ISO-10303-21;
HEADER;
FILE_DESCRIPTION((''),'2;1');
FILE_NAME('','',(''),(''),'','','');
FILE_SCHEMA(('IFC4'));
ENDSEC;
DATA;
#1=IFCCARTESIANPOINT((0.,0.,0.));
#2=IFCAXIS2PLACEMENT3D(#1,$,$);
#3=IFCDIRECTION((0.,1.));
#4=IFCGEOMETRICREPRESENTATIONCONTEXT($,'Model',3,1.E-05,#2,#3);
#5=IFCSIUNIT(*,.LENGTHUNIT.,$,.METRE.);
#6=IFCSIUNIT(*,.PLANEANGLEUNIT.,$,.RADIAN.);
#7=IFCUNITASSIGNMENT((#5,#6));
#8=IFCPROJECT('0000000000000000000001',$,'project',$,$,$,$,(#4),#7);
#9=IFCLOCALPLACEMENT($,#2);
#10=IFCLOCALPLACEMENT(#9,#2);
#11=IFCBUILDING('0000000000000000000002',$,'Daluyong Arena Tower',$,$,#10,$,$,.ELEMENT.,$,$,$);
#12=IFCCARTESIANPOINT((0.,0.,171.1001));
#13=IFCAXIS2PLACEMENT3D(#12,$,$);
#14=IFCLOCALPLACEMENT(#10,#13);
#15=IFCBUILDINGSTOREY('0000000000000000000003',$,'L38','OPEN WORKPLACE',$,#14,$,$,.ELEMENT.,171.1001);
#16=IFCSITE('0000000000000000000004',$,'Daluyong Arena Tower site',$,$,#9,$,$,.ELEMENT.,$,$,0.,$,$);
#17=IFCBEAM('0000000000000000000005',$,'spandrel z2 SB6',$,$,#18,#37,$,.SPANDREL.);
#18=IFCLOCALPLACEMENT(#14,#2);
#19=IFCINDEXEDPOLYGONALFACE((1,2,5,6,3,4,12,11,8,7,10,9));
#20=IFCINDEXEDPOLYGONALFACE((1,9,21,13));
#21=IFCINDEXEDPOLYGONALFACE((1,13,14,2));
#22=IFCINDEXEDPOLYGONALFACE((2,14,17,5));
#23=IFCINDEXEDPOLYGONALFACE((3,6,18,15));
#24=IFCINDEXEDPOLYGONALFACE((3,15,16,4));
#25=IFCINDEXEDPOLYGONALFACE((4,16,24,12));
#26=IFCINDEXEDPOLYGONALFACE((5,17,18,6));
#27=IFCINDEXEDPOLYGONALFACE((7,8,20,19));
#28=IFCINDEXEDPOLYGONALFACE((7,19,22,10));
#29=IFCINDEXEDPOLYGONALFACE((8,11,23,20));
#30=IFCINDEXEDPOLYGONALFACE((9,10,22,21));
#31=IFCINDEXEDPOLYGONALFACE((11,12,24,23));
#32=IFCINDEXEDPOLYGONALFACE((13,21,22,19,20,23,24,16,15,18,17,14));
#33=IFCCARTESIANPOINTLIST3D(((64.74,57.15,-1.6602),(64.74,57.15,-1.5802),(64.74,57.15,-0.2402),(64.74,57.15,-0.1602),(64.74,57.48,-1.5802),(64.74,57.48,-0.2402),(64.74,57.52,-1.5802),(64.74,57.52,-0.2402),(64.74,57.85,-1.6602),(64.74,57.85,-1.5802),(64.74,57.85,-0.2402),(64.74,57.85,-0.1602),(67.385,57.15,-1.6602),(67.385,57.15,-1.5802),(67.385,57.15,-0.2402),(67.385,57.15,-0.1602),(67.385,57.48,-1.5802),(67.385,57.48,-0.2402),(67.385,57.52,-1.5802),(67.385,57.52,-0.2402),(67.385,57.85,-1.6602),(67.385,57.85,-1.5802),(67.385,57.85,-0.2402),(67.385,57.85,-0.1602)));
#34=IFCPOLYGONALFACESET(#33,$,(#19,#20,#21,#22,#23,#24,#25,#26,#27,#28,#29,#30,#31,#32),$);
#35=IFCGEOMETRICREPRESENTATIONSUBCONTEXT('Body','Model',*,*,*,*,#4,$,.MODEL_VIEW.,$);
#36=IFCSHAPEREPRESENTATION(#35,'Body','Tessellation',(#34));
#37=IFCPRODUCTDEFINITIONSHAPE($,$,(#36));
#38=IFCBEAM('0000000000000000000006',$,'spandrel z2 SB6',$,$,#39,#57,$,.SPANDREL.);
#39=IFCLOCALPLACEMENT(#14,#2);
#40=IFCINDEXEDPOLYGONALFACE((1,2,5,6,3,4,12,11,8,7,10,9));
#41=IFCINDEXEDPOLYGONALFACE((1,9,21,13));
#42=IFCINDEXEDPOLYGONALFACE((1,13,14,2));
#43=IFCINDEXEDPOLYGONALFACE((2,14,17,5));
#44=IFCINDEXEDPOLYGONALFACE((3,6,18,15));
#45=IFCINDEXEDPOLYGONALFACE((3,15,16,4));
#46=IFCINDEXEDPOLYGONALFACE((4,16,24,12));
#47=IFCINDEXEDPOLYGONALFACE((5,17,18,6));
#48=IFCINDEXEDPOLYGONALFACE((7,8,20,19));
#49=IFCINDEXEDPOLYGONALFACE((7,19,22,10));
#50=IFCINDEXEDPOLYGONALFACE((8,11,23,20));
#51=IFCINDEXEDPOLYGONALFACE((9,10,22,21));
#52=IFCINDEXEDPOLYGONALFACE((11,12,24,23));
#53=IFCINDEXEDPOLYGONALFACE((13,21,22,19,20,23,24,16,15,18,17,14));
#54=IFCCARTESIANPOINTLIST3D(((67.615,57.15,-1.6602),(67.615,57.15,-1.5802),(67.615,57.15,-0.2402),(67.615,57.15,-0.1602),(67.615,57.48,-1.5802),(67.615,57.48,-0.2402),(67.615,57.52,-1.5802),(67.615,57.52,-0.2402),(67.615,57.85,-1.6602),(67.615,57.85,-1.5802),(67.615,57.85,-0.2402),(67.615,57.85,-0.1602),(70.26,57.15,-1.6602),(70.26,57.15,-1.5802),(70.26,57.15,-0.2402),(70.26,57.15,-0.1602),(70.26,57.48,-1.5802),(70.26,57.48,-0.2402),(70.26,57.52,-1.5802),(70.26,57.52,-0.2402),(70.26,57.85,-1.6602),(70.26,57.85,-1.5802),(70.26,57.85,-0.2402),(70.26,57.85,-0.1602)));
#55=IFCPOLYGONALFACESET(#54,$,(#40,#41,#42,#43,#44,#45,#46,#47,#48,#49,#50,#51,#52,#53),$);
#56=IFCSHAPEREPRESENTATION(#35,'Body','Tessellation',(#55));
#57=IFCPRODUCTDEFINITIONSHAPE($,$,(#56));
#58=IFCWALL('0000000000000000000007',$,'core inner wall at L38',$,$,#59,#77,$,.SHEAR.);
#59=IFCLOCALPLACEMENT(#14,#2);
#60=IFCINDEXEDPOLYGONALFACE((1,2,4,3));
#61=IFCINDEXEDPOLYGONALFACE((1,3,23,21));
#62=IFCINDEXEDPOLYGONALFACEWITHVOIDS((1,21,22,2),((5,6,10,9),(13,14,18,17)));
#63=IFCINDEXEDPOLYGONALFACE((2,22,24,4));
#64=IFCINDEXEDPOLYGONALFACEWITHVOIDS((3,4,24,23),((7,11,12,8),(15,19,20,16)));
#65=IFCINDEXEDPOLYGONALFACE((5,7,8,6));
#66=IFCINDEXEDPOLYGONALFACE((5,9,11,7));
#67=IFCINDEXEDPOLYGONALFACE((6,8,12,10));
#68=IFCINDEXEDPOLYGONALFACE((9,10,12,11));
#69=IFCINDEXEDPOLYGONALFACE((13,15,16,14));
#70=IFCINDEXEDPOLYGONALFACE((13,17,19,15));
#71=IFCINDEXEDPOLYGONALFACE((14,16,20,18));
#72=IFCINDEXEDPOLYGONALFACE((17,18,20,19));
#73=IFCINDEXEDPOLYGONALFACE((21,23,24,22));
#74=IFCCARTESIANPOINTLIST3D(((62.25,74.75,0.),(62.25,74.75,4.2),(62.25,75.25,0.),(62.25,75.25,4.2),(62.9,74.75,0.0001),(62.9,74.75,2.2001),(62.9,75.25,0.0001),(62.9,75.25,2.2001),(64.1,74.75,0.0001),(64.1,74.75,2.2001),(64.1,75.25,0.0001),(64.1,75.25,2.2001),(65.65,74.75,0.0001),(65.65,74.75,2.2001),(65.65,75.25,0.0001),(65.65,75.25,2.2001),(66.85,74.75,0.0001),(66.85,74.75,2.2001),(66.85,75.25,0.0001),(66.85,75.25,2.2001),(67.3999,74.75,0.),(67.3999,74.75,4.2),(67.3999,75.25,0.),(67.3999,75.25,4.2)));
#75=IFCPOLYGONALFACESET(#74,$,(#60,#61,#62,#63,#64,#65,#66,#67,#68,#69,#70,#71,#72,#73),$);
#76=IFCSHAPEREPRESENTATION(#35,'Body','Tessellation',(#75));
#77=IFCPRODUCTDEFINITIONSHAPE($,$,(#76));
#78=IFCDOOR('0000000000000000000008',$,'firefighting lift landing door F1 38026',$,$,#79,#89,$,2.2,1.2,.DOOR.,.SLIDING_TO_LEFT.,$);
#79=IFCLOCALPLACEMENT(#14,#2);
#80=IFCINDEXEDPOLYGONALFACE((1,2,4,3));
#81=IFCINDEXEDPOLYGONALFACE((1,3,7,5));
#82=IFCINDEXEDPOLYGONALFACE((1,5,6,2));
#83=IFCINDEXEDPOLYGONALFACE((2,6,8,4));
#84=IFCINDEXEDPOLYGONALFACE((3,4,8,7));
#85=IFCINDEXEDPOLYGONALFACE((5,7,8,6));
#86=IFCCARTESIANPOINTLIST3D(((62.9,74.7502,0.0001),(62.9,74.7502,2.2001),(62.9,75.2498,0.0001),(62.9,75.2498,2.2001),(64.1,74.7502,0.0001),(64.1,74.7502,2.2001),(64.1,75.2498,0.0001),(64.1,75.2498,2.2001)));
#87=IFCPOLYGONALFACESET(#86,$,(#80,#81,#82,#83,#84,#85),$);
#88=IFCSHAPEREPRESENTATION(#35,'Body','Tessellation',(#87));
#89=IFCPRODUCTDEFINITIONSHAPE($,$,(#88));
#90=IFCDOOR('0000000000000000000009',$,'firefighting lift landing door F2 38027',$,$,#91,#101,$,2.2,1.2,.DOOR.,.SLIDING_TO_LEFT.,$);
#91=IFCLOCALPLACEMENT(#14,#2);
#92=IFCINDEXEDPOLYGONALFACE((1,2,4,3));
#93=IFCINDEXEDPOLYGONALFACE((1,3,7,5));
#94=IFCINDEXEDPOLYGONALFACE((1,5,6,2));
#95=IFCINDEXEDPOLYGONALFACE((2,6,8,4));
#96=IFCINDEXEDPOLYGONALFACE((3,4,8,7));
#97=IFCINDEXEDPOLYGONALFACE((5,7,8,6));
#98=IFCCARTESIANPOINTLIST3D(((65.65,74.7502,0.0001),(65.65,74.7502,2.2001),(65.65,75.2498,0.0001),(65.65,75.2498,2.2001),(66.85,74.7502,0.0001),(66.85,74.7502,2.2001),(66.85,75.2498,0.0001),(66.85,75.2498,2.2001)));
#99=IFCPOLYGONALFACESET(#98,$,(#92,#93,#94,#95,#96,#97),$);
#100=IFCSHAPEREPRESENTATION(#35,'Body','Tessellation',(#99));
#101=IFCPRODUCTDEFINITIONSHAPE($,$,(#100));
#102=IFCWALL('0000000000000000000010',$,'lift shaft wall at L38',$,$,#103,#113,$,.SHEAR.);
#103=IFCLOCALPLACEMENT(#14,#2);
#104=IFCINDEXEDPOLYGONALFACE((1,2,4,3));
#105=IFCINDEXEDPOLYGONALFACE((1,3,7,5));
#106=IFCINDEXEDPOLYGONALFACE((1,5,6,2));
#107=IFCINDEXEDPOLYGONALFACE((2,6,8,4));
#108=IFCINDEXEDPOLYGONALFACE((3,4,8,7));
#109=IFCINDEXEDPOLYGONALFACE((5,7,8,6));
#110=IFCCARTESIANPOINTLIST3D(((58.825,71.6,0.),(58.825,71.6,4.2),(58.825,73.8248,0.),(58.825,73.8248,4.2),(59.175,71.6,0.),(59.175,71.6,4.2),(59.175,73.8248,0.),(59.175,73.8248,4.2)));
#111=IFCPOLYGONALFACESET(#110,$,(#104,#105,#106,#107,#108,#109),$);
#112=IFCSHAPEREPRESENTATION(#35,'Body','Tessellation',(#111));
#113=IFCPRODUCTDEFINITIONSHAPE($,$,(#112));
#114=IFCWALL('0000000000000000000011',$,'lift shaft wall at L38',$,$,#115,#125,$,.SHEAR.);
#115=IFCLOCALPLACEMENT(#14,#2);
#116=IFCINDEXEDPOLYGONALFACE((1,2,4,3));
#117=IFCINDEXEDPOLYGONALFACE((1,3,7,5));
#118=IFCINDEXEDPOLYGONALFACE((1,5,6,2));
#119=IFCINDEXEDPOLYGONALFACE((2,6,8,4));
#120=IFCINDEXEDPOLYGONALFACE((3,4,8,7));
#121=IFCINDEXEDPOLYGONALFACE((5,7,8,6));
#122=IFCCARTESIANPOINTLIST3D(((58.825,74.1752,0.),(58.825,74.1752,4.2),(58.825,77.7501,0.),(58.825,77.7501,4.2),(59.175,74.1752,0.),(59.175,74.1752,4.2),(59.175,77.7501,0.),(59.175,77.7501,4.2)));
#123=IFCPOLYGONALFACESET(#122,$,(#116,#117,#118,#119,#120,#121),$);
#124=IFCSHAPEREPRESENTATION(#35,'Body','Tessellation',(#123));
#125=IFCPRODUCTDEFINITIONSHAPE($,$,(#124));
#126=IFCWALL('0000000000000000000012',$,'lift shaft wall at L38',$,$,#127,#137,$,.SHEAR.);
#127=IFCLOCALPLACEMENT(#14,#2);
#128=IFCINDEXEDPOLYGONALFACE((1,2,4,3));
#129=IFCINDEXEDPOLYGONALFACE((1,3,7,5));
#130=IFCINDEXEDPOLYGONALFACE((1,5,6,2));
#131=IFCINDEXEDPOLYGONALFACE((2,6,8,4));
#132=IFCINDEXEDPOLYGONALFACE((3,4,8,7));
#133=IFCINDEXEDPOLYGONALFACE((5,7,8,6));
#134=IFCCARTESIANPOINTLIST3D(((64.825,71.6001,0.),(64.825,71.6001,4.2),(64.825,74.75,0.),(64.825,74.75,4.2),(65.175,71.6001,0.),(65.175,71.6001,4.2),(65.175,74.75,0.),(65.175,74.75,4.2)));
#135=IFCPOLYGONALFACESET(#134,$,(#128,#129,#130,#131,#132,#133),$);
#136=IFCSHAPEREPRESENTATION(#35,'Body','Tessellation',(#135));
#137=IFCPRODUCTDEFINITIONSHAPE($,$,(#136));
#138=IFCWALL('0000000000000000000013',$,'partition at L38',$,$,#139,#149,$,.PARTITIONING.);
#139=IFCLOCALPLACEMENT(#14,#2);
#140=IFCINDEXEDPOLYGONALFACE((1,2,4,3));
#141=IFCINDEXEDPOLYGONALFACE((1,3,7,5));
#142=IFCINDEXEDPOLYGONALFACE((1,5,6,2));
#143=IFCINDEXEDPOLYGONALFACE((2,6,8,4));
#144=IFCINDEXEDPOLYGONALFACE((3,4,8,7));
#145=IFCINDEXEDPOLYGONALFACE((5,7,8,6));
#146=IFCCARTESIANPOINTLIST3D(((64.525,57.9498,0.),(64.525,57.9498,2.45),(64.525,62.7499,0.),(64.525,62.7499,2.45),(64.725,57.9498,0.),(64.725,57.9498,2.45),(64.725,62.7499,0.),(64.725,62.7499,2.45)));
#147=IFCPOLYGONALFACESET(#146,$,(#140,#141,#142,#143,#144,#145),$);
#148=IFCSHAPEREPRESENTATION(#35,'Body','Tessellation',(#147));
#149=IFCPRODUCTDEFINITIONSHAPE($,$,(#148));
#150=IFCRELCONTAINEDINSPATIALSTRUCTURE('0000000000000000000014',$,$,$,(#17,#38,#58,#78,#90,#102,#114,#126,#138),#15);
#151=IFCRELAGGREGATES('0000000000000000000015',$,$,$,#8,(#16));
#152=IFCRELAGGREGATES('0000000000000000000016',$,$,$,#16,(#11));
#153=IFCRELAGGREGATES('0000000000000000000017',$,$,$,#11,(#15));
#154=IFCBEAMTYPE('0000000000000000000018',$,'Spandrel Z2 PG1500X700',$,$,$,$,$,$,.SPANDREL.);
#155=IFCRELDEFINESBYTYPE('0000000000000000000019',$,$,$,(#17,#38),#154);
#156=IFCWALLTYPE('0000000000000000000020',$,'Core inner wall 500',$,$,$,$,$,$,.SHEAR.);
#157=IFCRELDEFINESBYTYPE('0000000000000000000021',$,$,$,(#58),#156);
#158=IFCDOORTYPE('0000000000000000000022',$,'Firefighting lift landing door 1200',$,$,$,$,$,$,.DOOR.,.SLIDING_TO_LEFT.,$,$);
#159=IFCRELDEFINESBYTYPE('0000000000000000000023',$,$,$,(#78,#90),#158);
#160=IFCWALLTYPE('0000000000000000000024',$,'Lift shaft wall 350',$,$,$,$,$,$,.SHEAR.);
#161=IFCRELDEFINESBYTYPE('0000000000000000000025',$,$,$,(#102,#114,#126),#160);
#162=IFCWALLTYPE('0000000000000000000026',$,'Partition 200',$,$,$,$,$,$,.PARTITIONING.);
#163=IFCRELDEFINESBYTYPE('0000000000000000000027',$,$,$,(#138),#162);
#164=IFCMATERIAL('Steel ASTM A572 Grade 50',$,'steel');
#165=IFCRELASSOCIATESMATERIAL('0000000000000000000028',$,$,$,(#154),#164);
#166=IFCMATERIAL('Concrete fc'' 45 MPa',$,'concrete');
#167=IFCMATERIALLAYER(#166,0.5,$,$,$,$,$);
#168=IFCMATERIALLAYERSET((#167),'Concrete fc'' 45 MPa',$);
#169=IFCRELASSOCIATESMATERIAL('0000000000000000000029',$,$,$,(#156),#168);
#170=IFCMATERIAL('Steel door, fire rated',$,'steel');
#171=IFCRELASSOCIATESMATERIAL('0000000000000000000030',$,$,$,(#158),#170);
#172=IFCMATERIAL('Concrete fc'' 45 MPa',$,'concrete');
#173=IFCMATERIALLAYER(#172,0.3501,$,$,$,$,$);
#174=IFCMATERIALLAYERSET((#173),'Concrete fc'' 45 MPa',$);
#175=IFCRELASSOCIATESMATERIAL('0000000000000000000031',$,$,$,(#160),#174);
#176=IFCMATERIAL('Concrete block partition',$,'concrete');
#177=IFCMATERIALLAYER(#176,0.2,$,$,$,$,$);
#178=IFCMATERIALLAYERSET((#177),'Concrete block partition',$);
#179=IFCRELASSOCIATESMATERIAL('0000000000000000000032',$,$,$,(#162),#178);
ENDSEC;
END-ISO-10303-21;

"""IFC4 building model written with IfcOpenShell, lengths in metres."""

from ifc_helpers import new_model, si_unit, direction, frame, frame_2d, origin, origin_2d, place, context, subcontext, project, spatial, rectangle, i_section, extrude, material, layer, layer_set, material_profile, profile_set, type_object, element, fill, save


model = new_model("IFC4")

# Units and contexts
model_context = context("Model", 3, precision=1e-05, world=origin(), true_north=direction((0.0, 1.0)))
body_context = subcontext(model_context, "Body", "Model", "MODEL_VIEW")
ifc_project = project(units=[si_unit("LENGTHUNIT", "METRE"), si_unit("PLANEANGLEUNIT", "RADIAN")], contexts=[model_context])

# Site, building, storey
site_placement = place(None, origin())
site = spatial("IfcSite", under=ifc_project, at=site_placement, Name="Daluyong Arena Tower site", CompositionType="ELEMENT", RefElevation=0.0)
building_placement = place(site_placement, origin())
building = spatial("IfcBuilding", under=site, at=building_placement, Name="Daluyong Arena Tower", CompositionType="ELEMENT")
storey_placement = place(building_placement, frame((0.0, 0.0, 171.1001)))
storey = spatial("IfcBuildingStorey", under=building, at=storey_placement, Name="L38", Description="OPEN WORKPLACE", CompositionType="ELEMENT", Elevation=171.1001)

# Beams
ifc_material_1 = material(Name="Steel ASTM A572 Grade 50", Category="steel")
ifc_material_profile_1 = material_profile(ifc_material_1, i_section(OverallWidth=0.7, OverallDepth=1.5, WebThickness=0.04, FlangeThickness=0.08, at=origin_2d()))
ifc_profile_set_1 = profile_set([ifc_material_profile_1], Name="Steel ASTM A572 Grade 50")
beam_type_1 = type_object("IfcBeamType", Name="Spandrel Z2 PG1500X700", PredefinedType="SPANDREL", material=ifc_profile_set_1)
for number, where, z_axis, x_axis, name in (
    (1, (64.74, 57.5, -0.9102), (1.0, 0.0, 0.0), (0.0, 1.0, 0.0), "spandrel z2 SB6"),
    (2, (67.615, 57.5, -0.9102), (1.0, 0.0, 0.0), (0.0, 1.0, 0.0), "spandrel z2 SB6"),
):
    element("IfcBeam", number, at=place(storey_placement, frame(where, z_axis=z_axis, x_axis=x_axis)), inside=storey, type_object=beam_type_1, Name=name, PredefinedType="SPANDREL", context=body_context, shape_type="SweptSolid", body=[
        extrude(i_section(OverallWidth=0.7, OverallDepth=1.5, WebThickness=0.04, FlangeThickness=0.08, at=origin_2d()), origin(), (0.0, 0.0, 1.0), 2.645),
    ])

# Shared definitions
ifc_material_2 = material(Name="Concrete fc' 45 MPa", Category="concrete")
ifc_layer_1 = layer(ifc_material_2, 0.5)
ifc_layer_set_1 = layer_set([ifc_layer_1], Name="Concrete fc' 45 MPa")
wall_type_1 = type_object("IfcWallType", Name="Core inner wall 500", PredefinedType="SHEAR", material=ifc_layer_set_1)

# Wall, openings, doors
wall_1_placement = place(storey_placement, frame((62.25, 75.0, 0.0), z_axis=(0.0, 0.0, 1.0), x_axis=(1.0, 0.0, 0.0)))
wall_1 = element("IfcWall", 3, at=wall_1_placement, inside=storey, type_object=wall_type_1, Name="core inner wall at L38", PredefinedType="SHEAR", context=body_context, shape_type="SweptSolid", body=[
    extrude(rectangle(XDim=5.1499, YDim=0.5, at=frame_2d((2.575, 0.0))), origin(), (0.0, 0.0, 1.0), 4.2),
])
opening_1_placement = place(wall_1_placement, frame((0.6499, 0.0, 0.0)))
opening_1 = element("IfcOpeningElement", 4, at=opening_1_placement, cuts=wall_1, PredefinedType="OPENING", context=body_context, shape_type="SweptSolid", body=[
    extrude(rectangle(XDim=1.2, YDim=2.2, at=frame_2d((0.6001, 1.1001))), frame((0.0, 0.26, 0.0), z_axis=(0.0, -1.0, 0.0), x_axis=(1.0, 0.0, 0.0)), (0.0, 0.0, 1.0), 0.52),
])
opening_2_placement = place(wall_1_placement, frame((3.3999, 0.0, 0.0)))
opening_2 = element("IfcOpeningElement", 5, at=opening_2_placement, cuts=wall_1, PredefinedType="OPENING", context=body_context, shape_type="SweptSolid", body=[
    extrude(rectangle(XDim=1.2, YDim=2.2, at=frame_2d((0.6001, 1.1001))), frame((0.0, 0.26, 0.0), z_axis=(0.0, -1.0, 0.0), x_axis=(1.0, 0.0, 0.0)), (0.0, 0.0, 1.0), 0.52),
])
ifc_material_3 = material(Name="Steel door, fire rated", Category="steel")
door_type_1 = type_object("IfcDoorType", Name="Firefighting lift landing door 1200", OperationType="SLIDING_TO_LEFT", PredefinedType="DOOR", material=ifc_material_3)
door_1_placement = place(opening_1_placement, origin())
door_1 = element("IfcDoor", 6, at=door_1_placement, inside=storey, type_object=door_type_1, Name="firefighting lift landing door F1 38026", OperationType="SLIDING_TO_LEFT", OverallHeight=2.2, OverallWidth=1.2, PredefinedType="DOOR", context=body_context, shape_type="SweptSolid", body=[
    extrude(rectangle(XDim=1.2, YDim=2.2, at=frame_2d((0.6001, 1.1001))), frame((0.0, 0.2498, 0.0), z_axis=(0.0, -1.0, 0.0), x_axis=(1.0, 0.0, 0.0)), (0.0, 0.0, 1.0), 0.4995),
])
fill(opening_1, door_1)
door_2_placement = place(opening_2_placement, origin())
door_2 = element("IfcDoor", 7, at=door_2_placement, inside=storey, type_object=door_type_1, Name="firefighting lift landing door F2 38027", OperationType="SLIDING_TO_LEFT", OverallHeight=2.2, OverallWidth=1.2, PredefinedType="DOOR", context=body_context, shape_type="SweptSolid", body=[
    extrude(rectangle(XDim=1.2, YDim=2.2, at=frame_2d((0.6001, 1.1001))), frame((0.0, 0.2498, 0.0), z_axis=(0.0, -1.0, 0.0), x_axis=(1.0, 0.0, 0.0)), (0.0, 0.0, 1.0), 0.4995),
])
fill(opening_2, door_2)

# Walls
ifc_material_4 = material(Name="Concrete fc' 45 MPa", Category="concrete")
ifc_layer_2 = layer(ifc_material_4, 0.3501)
ifc_layer_set_2 = layer_set([ifc_layer_2], Name="Concrete fc' 45 MPa")
wall_type_2 = type_object("IfcWallType", Name="Lift shaft wall 350", PredefinedType="SHEAR", material=ifc_layer_set_2)
wall_2_placement = place(storey_placement, frame((59.0, 71.6001, 0.0), z_axis=(0.0, 0.0, 1.0), x_axis=(0.0, 1.0, 0.0)))
element("IfcWall", 8, at=wall_2_placement, inside=storey, type_object=wall_type_2, Name="lift shaft wall at L38", PredefinedType="SHEAR", context=body_context, shape_type="SweptSolid", body=[
    extrude(rectangle(XDim=2.2249, YDim=0.3501, at=frame_2d((1.1123, 0.0))), origin(), (0.0, 0.0, 1.0), 4.2),
])
wall_3_placement = place(storey_placement, frame((59.0, 74.175, 0.0), z_axis=(0.0, 0.0, 1.0), x_axis=(0.0, 1.0, 0.0)))
element("IfcWall", 9, at=wall_3_placement, inside=storey, type_object=wall_type_2, Name="lift shaft wall at L38", PredefinedType="SHEAR", context=body_context, shape_type="SweptSolid", body=[
    extrude(rectangle(XDim=3.575, YDim=0.3501, at=frame_2d((1.7876, 0.0))), origin(), (0.0, 0.0, 1.0), 4.2),
])
wall_4_placement = place(storey_placement, frame((65.0, 71.6001, 0.0), z_axis=(0.0, 0.0, 1.0), x_axis=(0.0, 1.0, 0.0)))
element("IfcWall", 10, at=wall_4_placement, inside=storey, type_object=wall_type_2, Name="lift shaft wall at L38", PredefinedType="SHEAR", context=body_context, shape_type="SweptSolid", body=[
    extrude(rectangle(XDim=3.1499, YDim=0.3501, at=frame_2d((1.575, 0.0))), origin(), (0.0, 0.0, 1.0), 4.2),
])
ifc_material_5 = material(Name="Concrete block partition", Category="concrete")
ifc_layer_3 = layer(ifc_material_5, 0.2)
ifc_layer_set_3 = layer_set([ifc_layer_3], Name="Concrete block partition")
wall_type_3 = type_object("IfcWallType", Name="Partition 200", PredefinedType="PARTITIONING", material=ifc_layer_set_3)
wall_5_placement = place(storey_placement, frame((64.625, 57.95, 0.0), z_axis=(0.0, 0.0, 1.0), x_axis=(0.0, 1.0, 0.0)))
element("IfcWall", 11, at=wall_5_placement, inside=storey, type_object=wall_type_3, Name="partition at L38", PredefinedType="PARTITIONING", context=body_context, shape_type="SweptSolid", body=[
    extrude(rectangle(XDim=4.8, YDim=0.2, at=frame_2d((2.3999, 0.0))), origin(), (0.0, 0.0, 1.0), 2.45),
])

save(model, "model.ifc")
